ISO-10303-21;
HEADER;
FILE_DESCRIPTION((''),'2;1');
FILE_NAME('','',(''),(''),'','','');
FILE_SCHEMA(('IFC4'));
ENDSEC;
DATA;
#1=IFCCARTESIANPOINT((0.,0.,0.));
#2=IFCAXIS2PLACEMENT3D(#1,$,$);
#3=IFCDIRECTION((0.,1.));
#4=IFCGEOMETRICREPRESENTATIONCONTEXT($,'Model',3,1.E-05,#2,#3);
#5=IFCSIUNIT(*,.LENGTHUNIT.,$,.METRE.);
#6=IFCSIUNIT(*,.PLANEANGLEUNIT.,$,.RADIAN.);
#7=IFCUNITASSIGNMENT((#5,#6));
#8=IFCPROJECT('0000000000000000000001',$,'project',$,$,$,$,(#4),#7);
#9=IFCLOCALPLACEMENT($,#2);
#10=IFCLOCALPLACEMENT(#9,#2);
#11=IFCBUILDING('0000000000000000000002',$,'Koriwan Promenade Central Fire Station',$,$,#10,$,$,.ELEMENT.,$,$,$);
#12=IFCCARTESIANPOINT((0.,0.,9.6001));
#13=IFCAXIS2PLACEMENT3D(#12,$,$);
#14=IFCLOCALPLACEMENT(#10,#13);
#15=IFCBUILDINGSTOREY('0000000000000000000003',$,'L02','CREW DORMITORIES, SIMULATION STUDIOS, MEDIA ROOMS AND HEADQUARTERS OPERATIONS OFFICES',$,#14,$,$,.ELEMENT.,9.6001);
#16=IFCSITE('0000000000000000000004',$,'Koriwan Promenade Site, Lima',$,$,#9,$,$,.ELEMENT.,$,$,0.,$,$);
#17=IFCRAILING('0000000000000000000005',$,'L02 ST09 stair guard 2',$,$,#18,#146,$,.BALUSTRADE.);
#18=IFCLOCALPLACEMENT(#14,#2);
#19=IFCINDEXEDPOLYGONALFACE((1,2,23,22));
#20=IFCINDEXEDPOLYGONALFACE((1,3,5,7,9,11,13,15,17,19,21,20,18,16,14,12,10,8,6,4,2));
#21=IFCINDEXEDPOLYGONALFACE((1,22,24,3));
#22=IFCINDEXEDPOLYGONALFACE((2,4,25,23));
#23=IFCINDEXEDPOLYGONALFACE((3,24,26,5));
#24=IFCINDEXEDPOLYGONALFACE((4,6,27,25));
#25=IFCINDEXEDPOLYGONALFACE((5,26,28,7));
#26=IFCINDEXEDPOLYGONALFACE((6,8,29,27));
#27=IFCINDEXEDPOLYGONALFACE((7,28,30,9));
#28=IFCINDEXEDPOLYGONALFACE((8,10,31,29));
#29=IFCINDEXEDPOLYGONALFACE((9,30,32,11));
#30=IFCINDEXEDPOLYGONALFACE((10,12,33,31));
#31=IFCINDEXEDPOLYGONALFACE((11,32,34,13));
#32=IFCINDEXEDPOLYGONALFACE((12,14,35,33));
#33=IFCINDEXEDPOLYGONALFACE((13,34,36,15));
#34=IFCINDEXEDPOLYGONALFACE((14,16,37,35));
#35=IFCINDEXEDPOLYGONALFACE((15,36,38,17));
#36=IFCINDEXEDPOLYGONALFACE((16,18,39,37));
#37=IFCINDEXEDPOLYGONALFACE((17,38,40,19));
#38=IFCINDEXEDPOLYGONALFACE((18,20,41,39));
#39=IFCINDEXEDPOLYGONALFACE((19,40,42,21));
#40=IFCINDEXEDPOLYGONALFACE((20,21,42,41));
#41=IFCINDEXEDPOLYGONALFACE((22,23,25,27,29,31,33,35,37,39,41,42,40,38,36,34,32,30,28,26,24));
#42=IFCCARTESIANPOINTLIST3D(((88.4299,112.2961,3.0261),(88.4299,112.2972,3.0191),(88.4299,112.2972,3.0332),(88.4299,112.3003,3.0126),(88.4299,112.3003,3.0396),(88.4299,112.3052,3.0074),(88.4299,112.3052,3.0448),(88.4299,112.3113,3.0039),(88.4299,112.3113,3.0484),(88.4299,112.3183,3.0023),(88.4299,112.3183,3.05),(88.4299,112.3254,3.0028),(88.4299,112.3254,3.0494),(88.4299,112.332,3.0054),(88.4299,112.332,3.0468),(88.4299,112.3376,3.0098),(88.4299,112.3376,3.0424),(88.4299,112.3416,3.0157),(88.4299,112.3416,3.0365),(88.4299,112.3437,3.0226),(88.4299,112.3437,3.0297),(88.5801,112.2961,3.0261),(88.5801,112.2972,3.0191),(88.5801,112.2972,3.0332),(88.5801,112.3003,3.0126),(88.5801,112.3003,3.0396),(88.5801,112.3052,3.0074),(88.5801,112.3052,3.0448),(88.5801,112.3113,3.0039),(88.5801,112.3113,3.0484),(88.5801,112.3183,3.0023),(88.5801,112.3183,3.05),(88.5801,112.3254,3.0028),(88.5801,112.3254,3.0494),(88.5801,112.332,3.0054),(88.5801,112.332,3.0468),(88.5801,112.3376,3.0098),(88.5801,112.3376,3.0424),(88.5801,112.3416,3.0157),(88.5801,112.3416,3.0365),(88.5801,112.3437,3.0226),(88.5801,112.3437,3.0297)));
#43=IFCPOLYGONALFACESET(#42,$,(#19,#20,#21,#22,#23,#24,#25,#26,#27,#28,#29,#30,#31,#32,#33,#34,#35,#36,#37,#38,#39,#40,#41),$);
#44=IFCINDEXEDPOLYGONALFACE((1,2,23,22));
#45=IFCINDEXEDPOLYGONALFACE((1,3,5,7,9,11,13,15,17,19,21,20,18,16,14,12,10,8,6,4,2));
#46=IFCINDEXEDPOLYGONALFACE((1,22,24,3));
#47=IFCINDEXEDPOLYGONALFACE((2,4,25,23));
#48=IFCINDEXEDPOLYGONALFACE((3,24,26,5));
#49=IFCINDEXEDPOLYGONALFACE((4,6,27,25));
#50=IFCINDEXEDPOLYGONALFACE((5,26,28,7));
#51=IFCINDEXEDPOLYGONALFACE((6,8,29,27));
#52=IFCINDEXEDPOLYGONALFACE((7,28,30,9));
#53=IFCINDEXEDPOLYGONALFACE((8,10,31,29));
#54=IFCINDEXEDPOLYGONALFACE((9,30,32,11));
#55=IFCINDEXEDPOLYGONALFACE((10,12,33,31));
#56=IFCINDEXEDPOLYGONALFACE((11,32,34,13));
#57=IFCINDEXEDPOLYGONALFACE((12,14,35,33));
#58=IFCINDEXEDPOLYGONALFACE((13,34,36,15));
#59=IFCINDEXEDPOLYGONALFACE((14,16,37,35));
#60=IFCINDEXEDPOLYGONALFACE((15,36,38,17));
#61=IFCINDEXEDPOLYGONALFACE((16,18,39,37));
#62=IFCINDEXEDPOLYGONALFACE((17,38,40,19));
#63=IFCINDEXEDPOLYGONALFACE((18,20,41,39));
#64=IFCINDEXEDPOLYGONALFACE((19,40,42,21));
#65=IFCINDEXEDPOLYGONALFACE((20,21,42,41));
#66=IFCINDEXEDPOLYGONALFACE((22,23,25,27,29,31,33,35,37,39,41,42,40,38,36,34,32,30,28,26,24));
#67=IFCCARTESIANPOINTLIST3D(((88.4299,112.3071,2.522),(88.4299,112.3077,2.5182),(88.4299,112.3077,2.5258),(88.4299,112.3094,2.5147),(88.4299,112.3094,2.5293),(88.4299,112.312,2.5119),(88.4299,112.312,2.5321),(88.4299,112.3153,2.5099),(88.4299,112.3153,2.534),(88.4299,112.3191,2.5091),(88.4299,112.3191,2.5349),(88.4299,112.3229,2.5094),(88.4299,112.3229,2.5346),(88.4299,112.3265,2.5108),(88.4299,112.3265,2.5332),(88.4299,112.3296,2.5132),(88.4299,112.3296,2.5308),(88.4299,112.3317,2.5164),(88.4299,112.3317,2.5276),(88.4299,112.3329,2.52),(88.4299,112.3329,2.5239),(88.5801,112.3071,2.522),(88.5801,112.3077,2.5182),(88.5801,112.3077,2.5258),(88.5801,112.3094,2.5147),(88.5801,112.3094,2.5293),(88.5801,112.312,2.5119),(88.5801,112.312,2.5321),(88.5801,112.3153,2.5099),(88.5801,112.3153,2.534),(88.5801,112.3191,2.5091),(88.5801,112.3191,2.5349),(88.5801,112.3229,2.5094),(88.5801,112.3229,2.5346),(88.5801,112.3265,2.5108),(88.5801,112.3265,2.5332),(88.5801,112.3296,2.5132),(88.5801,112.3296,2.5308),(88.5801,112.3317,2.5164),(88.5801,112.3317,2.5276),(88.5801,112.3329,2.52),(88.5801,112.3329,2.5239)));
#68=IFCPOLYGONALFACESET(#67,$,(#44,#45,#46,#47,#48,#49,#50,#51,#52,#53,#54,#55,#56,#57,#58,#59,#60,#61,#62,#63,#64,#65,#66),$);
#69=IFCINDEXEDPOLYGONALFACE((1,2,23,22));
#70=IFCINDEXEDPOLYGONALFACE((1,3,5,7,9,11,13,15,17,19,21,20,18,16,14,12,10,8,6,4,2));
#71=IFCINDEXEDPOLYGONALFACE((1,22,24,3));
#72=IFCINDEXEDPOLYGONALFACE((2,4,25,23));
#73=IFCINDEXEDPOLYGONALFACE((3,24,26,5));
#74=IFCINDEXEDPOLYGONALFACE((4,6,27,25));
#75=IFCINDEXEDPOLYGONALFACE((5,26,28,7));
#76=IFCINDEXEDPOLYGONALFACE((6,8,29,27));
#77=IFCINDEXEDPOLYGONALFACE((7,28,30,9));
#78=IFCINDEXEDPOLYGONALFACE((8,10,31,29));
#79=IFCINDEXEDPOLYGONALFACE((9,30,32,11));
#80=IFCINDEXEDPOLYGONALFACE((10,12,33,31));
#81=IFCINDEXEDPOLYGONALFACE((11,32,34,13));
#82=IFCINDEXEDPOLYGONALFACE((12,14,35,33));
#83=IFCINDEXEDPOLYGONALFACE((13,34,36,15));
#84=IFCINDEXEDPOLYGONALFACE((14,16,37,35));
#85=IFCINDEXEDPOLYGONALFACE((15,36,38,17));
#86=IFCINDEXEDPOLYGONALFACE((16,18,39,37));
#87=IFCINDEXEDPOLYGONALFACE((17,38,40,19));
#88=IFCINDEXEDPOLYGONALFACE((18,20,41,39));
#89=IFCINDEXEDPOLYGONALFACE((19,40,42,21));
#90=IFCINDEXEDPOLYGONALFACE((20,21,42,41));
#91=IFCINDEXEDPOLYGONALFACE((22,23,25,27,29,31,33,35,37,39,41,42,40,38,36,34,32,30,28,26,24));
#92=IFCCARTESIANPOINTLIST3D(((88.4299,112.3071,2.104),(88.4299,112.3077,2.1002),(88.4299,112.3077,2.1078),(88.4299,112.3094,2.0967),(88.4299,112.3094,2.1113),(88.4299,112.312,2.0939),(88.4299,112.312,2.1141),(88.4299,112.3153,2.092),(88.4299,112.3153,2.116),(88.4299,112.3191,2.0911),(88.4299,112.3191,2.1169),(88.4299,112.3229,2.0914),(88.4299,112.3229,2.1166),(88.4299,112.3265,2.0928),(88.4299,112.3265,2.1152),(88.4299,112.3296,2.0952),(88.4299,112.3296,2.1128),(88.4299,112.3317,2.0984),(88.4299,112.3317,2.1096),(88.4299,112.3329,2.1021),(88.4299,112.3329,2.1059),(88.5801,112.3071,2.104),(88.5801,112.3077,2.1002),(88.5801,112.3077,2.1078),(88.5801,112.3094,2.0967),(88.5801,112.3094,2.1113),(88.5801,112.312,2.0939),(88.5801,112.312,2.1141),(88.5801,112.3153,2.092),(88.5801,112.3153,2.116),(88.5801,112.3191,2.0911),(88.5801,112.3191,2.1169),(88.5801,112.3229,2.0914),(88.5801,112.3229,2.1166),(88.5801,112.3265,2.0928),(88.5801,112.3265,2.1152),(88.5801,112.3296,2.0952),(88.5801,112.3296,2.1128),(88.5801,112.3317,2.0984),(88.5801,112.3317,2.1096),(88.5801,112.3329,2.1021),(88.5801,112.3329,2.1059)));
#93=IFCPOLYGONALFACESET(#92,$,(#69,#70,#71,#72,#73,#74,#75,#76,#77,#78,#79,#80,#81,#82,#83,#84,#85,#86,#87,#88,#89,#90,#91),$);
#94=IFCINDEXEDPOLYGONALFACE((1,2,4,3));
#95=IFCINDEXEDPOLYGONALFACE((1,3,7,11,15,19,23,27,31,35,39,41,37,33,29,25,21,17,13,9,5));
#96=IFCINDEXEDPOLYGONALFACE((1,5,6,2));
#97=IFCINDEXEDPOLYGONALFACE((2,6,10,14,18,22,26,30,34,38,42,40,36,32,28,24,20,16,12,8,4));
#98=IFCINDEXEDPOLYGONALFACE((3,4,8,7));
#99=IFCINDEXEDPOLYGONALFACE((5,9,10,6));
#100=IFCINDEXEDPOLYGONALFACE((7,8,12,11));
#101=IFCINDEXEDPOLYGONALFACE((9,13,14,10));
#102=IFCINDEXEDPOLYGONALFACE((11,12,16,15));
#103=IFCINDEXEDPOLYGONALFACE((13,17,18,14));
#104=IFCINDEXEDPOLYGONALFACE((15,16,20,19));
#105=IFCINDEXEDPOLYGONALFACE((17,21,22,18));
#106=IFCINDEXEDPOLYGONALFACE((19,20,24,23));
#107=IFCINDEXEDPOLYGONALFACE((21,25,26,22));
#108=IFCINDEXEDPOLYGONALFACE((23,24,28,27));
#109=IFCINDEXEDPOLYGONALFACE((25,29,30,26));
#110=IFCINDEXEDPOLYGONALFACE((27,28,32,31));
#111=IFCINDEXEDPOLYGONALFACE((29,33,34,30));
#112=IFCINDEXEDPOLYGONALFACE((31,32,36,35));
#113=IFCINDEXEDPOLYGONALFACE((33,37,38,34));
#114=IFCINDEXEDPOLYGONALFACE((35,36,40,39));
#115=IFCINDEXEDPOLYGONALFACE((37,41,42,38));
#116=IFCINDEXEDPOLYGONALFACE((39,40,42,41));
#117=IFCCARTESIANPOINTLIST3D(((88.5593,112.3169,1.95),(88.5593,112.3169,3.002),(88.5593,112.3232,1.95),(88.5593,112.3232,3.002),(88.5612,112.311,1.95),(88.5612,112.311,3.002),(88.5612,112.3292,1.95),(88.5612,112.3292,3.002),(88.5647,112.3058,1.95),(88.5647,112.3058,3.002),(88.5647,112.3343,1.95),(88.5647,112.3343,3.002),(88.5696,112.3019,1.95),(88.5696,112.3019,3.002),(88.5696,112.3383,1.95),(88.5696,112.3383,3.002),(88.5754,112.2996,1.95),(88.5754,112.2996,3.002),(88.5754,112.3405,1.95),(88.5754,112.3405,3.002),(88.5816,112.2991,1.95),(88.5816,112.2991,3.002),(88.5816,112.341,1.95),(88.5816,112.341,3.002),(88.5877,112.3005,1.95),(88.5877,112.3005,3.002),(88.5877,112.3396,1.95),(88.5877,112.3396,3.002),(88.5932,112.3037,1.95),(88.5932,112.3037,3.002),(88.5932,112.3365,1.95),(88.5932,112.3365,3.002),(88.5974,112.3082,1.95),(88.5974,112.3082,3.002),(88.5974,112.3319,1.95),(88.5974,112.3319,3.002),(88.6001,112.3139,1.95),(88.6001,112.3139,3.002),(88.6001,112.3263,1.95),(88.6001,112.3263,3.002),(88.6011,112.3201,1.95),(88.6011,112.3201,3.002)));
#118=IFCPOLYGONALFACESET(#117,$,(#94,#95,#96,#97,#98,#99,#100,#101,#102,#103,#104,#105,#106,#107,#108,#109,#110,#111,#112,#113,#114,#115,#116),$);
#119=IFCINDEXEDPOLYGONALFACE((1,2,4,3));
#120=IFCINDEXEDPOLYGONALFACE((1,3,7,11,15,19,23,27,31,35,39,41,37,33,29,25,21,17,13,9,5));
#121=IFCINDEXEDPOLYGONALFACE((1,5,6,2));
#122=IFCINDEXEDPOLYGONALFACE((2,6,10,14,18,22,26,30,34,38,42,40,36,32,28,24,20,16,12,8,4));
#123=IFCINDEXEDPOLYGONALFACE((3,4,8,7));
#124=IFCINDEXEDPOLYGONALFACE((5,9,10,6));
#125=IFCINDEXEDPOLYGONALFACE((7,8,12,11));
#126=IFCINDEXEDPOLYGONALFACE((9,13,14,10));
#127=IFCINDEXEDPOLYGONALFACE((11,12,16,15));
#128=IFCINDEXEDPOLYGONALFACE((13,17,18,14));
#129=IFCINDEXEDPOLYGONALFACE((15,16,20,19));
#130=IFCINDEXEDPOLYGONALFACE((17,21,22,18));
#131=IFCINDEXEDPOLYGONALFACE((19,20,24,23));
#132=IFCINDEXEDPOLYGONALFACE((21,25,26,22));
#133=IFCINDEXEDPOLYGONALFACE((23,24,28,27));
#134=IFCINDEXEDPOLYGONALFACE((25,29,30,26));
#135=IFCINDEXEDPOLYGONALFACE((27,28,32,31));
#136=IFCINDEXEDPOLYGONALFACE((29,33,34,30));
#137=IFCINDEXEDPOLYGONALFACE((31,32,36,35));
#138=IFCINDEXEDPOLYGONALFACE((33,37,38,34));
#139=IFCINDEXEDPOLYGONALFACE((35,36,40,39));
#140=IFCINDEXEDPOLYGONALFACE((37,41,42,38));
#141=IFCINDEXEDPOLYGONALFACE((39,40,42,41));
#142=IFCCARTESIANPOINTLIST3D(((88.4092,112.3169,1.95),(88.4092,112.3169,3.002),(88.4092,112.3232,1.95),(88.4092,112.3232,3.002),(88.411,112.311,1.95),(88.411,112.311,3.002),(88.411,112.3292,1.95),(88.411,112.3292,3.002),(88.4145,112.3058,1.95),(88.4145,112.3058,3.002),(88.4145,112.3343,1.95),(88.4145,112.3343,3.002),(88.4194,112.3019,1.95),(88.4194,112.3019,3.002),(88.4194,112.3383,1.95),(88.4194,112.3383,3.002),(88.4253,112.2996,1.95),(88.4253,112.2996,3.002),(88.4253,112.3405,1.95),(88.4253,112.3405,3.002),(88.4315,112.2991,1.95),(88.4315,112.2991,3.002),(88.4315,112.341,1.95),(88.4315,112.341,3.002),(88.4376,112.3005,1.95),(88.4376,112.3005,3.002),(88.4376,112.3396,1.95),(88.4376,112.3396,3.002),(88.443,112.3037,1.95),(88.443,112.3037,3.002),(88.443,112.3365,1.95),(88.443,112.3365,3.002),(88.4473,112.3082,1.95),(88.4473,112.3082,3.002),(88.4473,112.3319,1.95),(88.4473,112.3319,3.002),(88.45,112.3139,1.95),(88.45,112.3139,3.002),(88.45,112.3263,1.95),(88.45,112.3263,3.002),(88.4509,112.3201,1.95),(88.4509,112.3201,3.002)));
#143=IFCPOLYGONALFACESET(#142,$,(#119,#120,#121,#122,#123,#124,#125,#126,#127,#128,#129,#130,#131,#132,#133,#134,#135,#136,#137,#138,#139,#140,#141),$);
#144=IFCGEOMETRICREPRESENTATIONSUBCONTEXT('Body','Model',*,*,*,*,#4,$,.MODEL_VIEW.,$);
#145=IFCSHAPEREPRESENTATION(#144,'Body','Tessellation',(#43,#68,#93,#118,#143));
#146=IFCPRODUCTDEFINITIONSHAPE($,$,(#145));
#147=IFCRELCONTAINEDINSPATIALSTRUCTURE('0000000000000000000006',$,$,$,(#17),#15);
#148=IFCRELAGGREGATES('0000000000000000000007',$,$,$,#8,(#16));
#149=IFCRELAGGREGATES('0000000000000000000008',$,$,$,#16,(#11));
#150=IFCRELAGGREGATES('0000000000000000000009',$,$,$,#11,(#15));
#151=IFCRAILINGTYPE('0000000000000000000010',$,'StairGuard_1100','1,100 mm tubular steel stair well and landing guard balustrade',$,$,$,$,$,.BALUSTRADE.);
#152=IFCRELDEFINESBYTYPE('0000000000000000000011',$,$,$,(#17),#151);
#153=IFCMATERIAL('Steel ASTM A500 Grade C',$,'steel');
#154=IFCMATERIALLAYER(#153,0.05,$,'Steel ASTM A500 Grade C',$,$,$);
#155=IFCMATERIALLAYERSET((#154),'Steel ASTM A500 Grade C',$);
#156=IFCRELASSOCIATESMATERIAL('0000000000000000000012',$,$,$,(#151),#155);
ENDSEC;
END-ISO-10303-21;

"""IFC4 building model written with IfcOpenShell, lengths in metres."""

from ifc_helpers import new_model, si_unit, direction, frame, origin, origin_2d, place, context, subcontext, project, spatial, circle, extrude, material, layer, layer_set, type_object, element, save


model = new_model("IFC4")

# Units and contexts
model_context = context("Model", 3, precision=1e-05, world=origin(), true_north=direction((0.0, 1.0)))
body_context = subcontext(model_context, "Body", "Model", "MODEL_VIEW")
ifc_project = project(units=[si_unit("LENGTHUNIT", "METRE"), si_unit("PLANEANGLEUNIT", "RADIAN")], contexts=[model_context])

# Site, building, storey
site_placement = place(None, origin())
site = spatial("IfcSite", under=ifc_project, at=site_placement, Name="Koriwan Promenade Site, Lima", CompositionType="ELEMENT", RefElevation=0.0)
building_placement = place(site_placement, origin())
building = spatial("IfcBuilding", under=site, at=building_placement, Name="Koriwan Promenade Central Fire Station", CompositionType="ELEMENT")
storey_placement = place(building_placement, frame((0.0, 0.0, 9.6001)))
storey = spatial("IfcBuildingStorey", under=building, at=storey_placement, Name="L02", Description="CREW DORMITORIES, SIMULATION STUDIOS, MEDIA ROOMS AND HEADQUARTERS OPERATIONS OFFICES", CompositionType="ELEMENT", Elevation=9.6001)

# Railing
ifc_material_1 = material(Name="Steel ASTM A500 Grade C", Category="steel")
ifc_layer_1 = layer(ifc_material_1, 0.05, Name="Steel ASTM A500 Grade C")
ifc_layer_set_1 = layer_set([ifc_layer_1], Name="Steel ASTM A500 Grade C")
railing_type_1 = type_object("IfcRailingType", Name="StairGuard_1100", Description="1,100 mm tubular steel stair well and landing guard balustrade", PredefinedType="BALUSTRADE", material=ifc_layer_set_1)
railing_1_placement = place(storey_placement, frame((88.5801, 112.3201, 1.95)))
element("IfcRailing", 1, at=railing_1_placement, inside=storey, type_object=railing_type_1, Name="L02 ST09 stair guard 2", PredefinedType="BALUSTRADE", context=body_context, shape_type="SweptSolid", body=[
    extrude(circle(Radius=0.0239, at=origin_2d()), frame((0.0, 0.0, 1.0762), z_axis=(-1.0, 0.0, 0.0), x_axis=(0.0, -1.0, 0.0)), (0.0, 0.0, 1.0), 0.1501),
    extrude(circle(Radius=0.0129, at=origin_2d()), frame((0.0, 0.0, 0.572), z_axis=(-1.0, 0.0, 0.0), x_axis=(0.0, -1.0, 0.0)), (0.0, 0.0, 1.0), 0.1501),
    extrude(circle(Radius=0.0129, at=origin_2d()), frame((0.0, 0.0, 0.1541), z_axis=(-1.0, 0.0, 0.0), x_axis=(0.0, -1.0, 0.0)), (0.0, 0.0, 1.0), 0.1501),
    extrude(circle(Radius=0.021, at=origin_2d()), origin(), (0.0, 0.0, 1.0), 1.052),
    extrude(circle(Radius=0.021, at=origin_2d()), frame((-0.1501, 0.0, 0.0)), (0.0, 0.0, 1.0), 1.052),
])

save(model, "model.ifc")
